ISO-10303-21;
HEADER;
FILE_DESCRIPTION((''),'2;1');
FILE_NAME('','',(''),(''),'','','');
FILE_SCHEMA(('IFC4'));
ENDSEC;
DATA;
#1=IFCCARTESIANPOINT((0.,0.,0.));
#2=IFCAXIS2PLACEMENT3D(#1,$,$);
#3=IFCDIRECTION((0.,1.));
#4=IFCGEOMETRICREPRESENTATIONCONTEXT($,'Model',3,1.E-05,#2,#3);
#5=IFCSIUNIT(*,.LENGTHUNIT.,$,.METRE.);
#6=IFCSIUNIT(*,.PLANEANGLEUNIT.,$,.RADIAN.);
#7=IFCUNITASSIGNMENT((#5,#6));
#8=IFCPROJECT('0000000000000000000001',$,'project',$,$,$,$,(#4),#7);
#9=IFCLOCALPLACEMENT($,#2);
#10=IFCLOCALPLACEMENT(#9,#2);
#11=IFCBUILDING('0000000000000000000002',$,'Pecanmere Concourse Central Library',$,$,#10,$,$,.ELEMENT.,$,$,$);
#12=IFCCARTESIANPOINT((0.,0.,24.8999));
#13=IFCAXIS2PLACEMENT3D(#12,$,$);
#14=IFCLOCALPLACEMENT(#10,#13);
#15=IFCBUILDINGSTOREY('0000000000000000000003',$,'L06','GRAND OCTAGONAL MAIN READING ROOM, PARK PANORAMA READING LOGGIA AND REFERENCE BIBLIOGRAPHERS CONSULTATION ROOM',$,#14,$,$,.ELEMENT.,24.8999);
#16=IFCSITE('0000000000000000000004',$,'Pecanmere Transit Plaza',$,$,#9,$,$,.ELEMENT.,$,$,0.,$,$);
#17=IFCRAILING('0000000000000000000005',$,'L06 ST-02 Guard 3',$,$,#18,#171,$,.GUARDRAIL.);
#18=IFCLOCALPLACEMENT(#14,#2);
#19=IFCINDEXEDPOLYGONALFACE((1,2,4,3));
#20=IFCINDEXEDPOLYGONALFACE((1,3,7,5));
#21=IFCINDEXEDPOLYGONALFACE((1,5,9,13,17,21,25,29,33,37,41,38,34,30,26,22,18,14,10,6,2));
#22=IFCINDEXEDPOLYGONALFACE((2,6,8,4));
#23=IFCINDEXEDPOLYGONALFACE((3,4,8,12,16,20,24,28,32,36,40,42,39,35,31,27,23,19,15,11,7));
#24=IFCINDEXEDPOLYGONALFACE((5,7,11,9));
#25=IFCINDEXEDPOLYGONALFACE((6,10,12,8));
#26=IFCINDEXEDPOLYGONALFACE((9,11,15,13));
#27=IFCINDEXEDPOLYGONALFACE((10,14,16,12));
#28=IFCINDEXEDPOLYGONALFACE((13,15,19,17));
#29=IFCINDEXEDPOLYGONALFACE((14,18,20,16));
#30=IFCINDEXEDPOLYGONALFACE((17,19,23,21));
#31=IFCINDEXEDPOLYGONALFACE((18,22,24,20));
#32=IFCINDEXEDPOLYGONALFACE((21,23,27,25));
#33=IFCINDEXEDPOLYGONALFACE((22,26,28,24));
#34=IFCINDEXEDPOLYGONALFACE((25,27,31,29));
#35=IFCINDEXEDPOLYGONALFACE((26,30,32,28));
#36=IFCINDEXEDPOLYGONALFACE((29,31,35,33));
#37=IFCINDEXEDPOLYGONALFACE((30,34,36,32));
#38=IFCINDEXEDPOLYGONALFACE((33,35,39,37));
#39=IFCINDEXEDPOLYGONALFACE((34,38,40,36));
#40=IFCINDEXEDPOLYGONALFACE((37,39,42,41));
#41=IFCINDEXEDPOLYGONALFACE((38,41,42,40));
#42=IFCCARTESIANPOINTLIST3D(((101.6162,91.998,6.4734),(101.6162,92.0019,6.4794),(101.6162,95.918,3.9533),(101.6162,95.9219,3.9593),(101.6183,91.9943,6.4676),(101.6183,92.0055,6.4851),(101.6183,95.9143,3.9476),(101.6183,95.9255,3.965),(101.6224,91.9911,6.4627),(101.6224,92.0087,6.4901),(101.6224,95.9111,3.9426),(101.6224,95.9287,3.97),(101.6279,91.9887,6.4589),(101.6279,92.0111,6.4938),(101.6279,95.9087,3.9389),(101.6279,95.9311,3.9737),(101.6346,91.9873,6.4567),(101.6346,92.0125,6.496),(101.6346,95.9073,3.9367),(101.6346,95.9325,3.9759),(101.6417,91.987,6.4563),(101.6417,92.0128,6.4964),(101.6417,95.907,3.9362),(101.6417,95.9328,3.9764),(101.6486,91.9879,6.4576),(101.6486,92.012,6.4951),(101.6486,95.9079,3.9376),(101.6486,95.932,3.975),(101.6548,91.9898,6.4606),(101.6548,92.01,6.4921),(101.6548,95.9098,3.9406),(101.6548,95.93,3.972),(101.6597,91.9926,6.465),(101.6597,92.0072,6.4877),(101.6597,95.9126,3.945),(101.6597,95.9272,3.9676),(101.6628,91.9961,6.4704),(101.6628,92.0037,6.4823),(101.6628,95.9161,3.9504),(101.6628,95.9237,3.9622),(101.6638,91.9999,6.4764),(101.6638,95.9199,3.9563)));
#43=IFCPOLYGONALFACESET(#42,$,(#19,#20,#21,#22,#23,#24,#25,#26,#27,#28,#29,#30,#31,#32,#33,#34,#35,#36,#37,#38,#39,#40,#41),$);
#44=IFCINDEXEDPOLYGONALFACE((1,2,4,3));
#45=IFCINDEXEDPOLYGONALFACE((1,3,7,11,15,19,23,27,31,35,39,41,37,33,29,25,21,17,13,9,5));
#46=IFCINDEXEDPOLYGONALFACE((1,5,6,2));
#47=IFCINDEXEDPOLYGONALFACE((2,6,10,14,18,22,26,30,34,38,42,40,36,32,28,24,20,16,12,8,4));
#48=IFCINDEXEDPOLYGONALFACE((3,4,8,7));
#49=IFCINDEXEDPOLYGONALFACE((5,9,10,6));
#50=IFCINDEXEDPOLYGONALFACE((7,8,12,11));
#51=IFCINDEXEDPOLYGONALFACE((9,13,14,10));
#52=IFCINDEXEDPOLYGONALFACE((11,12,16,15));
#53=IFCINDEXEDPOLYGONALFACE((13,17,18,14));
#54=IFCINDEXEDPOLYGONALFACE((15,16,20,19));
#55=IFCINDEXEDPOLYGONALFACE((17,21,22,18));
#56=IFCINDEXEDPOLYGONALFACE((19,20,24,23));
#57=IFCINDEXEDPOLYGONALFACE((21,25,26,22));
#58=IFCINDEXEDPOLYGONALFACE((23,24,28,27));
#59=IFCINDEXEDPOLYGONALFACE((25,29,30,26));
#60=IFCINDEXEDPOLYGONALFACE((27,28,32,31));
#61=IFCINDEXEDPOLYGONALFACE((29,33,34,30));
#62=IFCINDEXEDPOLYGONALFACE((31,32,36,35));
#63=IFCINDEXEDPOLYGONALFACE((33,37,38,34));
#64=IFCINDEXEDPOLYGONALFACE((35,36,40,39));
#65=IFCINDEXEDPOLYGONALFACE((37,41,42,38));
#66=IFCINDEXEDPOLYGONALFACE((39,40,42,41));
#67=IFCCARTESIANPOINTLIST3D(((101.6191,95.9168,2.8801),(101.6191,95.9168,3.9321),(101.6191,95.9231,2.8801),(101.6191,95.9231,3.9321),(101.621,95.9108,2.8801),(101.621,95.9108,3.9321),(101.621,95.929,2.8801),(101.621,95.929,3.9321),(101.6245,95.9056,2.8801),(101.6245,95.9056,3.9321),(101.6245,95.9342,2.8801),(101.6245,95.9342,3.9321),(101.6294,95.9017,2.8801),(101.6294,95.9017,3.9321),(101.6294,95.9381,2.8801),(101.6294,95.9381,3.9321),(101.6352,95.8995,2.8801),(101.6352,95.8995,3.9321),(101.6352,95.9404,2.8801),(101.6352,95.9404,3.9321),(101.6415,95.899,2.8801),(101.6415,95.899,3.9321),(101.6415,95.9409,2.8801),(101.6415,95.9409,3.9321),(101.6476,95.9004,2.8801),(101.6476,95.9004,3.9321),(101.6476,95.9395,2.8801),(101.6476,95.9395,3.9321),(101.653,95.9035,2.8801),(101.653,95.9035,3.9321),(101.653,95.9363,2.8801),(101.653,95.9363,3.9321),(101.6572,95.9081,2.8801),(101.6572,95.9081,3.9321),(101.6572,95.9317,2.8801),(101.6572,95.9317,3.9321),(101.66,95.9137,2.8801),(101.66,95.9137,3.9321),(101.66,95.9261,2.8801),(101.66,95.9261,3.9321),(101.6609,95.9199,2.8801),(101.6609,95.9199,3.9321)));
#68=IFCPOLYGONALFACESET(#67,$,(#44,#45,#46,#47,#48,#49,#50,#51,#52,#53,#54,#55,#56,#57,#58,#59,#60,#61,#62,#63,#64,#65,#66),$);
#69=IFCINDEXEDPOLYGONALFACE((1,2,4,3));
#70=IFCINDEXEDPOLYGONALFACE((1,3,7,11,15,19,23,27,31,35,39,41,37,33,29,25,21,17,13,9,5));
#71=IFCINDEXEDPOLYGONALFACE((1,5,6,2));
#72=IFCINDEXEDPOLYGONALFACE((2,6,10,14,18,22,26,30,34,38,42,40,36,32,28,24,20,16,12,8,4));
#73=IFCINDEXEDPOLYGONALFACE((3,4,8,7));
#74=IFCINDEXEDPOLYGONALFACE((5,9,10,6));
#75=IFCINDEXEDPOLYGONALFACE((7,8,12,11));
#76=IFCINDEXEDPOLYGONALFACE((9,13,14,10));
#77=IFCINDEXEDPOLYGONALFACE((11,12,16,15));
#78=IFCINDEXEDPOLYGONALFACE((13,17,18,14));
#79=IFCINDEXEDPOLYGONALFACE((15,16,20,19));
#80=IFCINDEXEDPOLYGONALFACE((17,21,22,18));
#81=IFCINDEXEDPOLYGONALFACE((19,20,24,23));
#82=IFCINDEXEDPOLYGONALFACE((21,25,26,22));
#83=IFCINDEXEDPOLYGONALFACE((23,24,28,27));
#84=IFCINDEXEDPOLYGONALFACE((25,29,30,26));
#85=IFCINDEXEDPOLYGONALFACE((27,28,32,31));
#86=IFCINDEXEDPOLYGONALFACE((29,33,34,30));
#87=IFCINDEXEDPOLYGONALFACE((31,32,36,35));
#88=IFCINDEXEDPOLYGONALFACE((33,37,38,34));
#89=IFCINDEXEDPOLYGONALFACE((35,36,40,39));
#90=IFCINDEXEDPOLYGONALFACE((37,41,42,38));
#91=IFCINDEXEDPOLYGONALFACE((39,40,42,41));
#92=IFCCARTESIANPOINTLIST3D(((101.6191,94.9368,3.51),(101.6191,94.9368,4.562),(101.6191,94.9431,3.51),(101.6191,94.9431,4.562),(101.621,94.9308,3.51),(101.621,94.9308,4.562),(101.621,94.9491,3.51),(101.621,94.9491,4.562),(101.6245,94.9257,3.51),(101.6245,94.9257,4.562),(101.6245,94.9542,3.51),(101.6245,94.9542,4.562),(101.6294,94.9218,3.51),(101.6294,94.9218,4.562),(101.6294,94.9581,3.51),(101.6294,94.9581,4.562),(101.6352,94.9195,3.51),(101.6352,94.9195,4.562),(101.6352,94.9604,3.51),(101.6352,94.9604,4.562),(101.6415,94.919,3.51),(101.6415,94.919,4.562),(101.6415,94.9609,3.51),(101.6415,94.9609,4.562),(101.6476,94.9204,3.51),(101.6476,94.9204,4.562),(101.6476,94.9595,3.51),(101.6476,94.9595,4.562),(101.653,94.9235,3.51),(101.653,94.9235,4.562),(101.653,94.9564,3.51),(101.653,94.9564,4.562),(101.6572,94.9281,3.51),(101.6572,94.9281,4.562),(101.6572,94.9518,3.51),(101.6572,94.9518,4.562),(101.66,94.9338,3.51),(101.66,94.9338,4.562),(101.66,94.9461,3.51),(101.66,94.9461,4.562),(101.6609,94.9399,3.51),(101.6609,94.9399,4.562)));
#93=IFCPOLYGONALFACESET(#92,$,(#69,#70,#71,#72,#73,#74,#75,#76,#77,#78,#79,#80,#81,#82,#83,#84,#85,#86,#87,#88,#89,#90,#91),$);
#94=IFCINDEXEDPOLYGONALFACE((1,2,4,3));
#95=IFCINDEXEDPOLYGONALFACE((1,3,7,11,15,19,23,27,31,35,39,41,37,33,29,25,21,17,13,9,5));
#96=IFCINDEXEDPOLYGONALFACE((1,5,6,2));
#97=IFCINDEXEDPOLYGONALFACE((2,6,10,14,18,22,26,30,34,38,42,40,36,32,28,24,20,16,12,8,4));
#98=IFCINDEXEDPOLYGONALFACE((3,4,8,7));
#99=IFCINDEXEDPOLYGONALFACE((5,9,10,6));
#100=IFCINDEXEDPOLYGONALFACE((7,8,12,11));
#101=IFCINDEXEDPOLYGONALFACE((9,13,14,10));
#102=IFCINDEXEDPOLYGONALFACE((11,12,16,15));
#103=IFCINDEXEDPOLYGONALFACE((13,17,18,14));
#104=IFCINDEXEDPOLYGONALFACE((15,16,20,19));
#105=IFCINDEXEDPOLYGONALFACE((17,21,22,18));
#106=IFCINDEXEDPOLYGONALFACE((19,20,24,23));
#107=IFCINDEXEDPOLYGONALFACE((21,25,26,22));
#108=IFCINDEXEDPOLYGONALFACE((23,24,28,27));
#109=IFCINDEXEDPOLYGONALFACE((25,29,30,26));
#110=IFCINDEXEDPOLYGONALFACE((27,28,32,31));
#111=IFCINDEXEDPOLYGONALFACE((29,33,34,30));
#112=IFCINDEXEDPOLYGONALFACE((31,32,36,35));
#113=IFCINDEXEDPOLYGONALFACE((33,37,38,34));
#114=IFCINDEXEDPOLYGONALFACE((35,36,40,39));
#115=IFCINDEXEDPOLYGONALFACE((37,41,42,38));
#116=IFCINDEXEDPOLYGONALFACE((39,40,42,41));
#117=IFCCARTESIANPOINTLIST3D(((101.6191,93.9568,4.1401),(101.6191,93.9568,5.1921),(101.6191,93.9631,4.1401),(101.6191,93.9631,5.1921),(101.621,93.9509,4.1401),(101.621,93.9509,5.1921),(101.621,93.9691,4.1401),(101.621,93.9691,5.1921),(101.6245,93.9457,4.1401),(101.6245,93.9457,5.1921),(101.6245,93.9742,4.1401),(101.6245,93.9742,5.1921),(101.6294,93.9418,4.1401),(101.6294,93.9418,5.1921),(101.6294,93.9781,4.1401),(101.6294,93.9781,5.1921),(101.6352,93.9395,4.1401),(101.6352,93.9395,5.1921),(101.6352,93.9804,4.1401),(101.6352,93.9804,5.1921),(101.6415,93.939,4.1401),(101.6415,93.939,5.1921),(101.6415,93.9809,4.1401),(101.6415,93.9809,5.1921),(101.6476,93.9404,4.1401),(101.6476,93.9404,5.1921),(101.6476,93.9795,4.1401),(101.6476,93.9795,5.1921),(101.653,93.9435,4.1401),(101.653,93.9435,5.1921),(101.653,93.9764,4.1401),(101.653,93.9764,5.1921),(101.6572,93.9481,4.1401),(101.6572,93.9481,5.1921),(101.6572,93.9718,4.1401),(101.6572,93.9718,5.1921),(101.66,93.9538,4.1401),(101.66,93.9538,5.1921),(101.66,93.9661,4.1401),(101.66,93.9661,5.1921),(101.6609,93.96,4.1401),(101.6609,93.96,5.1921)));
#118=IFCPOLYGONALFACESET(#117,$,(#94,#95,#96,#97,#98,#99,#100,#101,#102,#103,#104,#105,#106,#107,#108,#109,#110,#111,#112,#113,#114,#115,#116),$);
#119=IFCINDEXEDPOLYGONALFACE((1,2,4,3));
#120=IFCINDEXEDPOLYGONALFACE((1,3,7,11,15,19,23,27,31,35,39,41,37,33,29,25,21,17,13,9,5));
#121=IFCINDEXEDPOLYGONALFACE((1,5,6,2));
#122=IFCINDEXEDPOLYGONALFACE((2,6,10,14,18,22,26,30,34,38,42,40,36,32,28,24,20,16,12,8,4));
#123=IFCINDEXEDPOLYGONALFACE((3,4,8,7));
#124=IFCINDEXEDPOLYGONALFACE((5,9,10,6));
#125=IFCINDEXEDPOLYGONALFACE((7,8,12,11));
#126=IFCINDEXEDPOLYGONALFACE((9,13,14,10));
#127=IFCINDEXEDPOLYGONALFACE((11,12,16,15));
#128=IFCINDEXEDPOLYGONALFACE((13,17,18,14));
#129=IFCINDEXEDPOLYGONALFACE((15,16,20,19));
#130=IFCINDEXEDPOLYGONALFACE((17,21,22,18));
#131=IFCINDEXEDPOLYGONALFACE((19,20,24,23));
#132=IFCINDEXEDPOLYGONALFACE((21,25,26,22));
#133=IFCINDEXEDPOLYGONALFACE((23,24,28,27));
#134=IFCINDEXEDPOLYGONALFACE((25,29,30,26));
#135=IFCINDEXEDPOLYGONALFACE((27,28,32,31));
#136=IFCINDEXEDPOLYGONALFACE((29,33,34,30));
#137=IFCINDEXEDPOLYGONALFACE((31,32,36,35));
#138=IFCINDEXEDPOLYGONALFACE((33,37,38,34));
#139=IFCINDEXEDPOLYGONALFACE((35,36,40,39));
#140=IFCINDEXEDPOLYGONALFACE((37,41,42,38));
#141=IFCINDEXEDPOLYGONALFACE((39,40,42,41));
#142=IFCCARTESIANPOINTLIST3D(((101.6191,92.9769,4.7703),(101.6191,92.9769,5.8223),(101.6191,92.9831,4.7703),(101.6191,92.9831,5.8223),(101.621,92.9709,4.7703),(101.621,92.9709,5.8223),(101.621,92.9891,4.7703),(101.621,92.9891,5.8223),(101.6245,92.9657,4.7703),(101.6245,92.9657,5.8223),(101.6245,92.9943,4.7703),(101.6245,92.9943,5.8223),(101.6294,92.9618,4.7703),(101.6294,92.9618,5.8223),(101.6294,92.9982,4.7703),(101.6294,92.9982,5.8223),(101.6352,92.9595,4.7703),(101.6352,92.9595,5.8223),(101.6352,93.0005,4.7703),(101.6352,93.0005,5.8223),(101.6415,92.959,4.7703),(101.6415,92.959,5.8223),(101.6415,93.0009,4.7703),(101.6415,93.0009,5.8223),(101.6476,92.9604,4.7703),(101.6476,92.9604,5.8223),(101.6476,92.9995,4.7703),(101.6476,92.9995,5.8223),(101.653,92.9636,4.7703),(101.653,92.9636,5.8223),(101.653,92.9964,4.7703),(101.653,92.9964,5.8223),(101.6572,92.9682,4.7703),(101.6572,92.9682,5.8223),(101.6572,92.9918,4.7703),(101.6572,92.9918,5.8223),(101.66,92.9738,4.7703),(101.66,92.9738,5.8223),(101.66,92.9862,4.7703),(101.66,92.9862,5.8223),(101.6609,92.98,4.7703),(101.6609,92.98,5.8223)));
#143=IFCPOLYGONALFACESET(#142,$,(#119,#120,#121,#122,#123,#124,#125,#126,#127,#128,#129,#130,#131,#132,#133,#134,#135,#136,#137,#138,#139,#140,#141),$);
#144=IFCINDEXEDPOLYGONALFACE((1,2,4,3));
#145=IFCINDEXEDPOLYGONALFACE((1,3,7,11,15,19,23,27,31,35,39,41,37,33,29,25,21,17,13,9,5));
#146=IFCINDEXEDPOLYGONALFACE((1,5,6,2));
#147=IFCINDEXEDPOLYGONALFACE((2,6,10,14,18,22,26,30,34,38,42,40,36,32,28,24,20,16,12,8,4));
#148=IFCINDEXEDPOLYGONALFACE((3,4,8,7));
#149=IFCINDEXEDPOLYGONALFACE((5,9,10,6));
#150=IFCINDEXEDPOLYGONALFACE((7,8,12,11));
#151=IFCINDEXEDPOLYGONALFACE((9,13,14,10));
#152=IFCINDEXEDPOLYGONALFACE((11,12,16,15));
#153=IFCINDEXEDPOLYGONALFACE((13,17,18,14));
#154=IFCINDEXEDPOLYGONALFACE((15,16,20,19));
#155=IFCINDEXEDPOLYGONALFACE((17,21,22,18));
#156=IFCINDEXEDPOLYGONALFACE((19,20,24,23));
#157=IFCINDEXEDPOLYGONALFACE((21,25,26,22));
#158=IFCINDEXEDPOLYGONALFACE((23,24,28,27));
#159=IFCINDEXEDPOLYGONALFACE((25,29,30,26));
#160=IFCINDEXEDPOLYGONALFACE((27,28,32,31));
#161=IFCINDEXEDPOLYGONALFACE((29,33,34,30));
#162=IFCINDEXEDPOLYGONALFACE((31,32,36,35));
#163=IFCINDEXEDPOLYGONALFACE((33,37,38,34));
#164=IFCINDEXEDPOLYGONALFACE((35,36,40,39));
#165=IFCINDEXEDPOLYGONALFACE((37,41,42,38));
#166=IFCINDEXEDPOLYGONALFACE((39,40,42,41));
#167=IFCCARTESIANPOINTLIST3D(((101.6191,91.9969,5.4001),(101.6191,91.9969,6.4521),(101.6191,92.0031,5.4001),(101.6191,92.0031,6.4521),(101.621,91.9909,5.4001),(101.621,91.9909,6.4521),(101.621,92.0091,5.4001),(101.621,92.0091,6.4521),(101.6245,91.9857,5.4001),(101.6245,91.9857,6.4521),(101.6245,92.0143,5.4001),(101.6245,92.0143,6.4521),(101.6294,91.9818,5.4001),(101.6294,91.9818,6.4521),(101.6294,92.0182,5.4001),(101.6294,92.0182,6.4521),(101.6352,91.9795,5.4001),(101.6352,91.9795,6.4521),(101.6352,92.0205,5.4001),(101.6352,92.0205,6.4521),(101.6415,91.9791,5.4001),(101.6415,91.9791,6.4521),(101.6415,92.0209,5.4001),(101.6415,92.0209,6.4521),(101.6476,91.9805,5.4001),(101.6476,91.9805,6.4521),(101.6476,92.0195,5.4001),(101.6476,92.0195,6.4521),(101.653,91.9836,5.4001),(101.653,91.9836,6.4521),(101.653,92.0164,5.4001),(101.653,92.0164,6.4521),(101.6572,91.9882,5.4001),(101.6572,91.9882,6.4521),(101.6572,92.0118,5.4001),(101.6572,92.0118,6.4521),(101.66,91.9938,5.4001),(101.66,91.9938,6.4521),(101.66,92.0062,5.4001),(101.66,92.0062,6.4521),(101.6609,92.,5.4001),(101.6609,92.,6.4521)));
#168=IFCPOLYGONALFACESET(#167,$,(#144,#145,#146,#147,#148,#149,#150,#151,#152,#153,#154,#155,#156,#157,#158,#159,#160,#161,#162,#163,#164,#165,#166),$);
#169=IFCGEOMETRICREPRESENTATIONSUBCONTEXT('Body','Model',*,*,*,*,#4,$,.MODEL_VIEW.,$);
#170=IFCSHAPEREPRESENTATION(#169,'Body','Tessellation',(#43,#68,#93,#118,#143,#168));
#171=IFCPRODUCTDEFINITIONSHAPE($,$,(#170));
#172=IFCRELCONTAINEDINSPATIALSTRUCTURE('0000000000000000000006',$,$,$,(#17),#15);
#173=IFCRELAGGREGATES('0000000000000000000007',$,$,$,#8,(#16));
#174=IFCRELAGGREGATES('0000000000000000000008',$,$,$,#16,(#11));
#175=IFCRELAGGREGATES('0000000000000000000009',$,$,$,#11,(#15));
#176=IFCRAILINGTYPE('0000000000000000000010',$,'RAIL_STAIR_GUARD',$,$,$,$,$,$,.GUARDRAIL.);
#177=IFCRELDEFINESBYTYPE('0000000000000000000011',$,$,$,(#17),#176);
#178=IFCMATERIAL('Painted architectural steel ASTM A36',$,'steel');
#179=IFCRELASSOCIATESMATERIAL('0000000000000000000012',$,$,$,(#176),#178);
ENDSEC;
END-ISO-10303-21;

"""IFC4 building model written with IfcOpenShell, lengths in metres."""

from ifc_helpers import new_model, si_unit, direction, frame, origin, origin_2d, place, context, subcontext, project, spatial, circle, extrude, material, type_object, element, save


model = new_model("IFC4")

# Units and contexts
model_context = context("Model", 3, precision=1e-05, world=origin(), true_north=direction((0.0, 1.0)))
body_context = subcontext(model_context, "Body", "Model", "MODEL_VIEW")
ifc_project = project(units=[si_unit("LENGTHUNIT", "METRE"), si_unit("PLANEANGLEUNIT", "RADIAN")], contexts=[model_context])

# Site, building, storey
site_placement = place(None, origin())
site = spatial("IfcSite", under=ifc_project, at=site_placement, Name="Pecanmere Transit Plaza", CompositionType="ELEMENT", RefElevation=0.0)
building_placement = place(site_placement, origin())
building = spatial("IfcBuilding", under=site, at=building_placement, Name="Pecanmere Concourse Central Library", CompositionType="ELEMENT")
storey_placement = place(building_placement, frame((0.0, 0.0, 24.8999)))
storey = spatial("IfcBuildingStorey", under=building, at=storey_placement, Name="L06", Description="GRAND OCTAGONAL MAIN READING ROOM, PARK PANORAMA READING LOGGIA AND REFERENCE BIBLIOGRAPHERS CONSULTATION ROOM", CompositionType="ELEMENT", Elevation=24.8999)

# Railing
ifc_material_1 = material(Name="Painted architectural steel ASTM A36", Category="steel")
railing_type_1 = type_object("IfcRailingType", Name="RAIL_STAIR_GUARD", PredefinedType="GUARDRAIL", material=ifc_material_1)
railing_1_placement = place(storey_placement, frame((101.6399, 95.9199, 2.8801)))
element("IfcRailing", 1, at=railing_1_placement, inside=storey, type_object=railing_type_1, Name="L06 ST-02 Guard 3", PredefinedType="GUARDRAIL", context=body_context, shape_type="SweptSolid", body=[
    extrude(circle(Radius=0.0239, at=origin_2d()), frame((0.0, 0.0, 1.0762), z_axis=(0.0, -0.841172, 0.540768), x_axis=(1.0, 0.0, 0.0)), (0.0, 0.0, 1.0), 4.6602),
    extrude(circle(Radius=0.021, at=origin_2d()), origin(), (0.0, 0.0, 1.0), 1.052),
    extrude(circle(Radius=0.021, at=origin_2d()), frame((0.0, -0.98, 0.6299)), (0.0, 0.0, 1.0), 1.052),
    extrude(circle(Radius=0.021, at=origin_2d()), frame((0.0, -1.96, 1.26)), (0.0, 0.0, 1.0), 1.052),
    extrude(circle(Radius=0.021, at=origin_2d()), frame((0.0, -2.9399, 1.8901)), (0.0, 0.0, 1.0), 1.052),
    extrude(circle(Radius=0.021, at=origin_2d()), frame((0.0, -3.9199, 2.52)), (0.0, 0.0, 1.0), 1.052),
])

save(model, "model.ifc")
